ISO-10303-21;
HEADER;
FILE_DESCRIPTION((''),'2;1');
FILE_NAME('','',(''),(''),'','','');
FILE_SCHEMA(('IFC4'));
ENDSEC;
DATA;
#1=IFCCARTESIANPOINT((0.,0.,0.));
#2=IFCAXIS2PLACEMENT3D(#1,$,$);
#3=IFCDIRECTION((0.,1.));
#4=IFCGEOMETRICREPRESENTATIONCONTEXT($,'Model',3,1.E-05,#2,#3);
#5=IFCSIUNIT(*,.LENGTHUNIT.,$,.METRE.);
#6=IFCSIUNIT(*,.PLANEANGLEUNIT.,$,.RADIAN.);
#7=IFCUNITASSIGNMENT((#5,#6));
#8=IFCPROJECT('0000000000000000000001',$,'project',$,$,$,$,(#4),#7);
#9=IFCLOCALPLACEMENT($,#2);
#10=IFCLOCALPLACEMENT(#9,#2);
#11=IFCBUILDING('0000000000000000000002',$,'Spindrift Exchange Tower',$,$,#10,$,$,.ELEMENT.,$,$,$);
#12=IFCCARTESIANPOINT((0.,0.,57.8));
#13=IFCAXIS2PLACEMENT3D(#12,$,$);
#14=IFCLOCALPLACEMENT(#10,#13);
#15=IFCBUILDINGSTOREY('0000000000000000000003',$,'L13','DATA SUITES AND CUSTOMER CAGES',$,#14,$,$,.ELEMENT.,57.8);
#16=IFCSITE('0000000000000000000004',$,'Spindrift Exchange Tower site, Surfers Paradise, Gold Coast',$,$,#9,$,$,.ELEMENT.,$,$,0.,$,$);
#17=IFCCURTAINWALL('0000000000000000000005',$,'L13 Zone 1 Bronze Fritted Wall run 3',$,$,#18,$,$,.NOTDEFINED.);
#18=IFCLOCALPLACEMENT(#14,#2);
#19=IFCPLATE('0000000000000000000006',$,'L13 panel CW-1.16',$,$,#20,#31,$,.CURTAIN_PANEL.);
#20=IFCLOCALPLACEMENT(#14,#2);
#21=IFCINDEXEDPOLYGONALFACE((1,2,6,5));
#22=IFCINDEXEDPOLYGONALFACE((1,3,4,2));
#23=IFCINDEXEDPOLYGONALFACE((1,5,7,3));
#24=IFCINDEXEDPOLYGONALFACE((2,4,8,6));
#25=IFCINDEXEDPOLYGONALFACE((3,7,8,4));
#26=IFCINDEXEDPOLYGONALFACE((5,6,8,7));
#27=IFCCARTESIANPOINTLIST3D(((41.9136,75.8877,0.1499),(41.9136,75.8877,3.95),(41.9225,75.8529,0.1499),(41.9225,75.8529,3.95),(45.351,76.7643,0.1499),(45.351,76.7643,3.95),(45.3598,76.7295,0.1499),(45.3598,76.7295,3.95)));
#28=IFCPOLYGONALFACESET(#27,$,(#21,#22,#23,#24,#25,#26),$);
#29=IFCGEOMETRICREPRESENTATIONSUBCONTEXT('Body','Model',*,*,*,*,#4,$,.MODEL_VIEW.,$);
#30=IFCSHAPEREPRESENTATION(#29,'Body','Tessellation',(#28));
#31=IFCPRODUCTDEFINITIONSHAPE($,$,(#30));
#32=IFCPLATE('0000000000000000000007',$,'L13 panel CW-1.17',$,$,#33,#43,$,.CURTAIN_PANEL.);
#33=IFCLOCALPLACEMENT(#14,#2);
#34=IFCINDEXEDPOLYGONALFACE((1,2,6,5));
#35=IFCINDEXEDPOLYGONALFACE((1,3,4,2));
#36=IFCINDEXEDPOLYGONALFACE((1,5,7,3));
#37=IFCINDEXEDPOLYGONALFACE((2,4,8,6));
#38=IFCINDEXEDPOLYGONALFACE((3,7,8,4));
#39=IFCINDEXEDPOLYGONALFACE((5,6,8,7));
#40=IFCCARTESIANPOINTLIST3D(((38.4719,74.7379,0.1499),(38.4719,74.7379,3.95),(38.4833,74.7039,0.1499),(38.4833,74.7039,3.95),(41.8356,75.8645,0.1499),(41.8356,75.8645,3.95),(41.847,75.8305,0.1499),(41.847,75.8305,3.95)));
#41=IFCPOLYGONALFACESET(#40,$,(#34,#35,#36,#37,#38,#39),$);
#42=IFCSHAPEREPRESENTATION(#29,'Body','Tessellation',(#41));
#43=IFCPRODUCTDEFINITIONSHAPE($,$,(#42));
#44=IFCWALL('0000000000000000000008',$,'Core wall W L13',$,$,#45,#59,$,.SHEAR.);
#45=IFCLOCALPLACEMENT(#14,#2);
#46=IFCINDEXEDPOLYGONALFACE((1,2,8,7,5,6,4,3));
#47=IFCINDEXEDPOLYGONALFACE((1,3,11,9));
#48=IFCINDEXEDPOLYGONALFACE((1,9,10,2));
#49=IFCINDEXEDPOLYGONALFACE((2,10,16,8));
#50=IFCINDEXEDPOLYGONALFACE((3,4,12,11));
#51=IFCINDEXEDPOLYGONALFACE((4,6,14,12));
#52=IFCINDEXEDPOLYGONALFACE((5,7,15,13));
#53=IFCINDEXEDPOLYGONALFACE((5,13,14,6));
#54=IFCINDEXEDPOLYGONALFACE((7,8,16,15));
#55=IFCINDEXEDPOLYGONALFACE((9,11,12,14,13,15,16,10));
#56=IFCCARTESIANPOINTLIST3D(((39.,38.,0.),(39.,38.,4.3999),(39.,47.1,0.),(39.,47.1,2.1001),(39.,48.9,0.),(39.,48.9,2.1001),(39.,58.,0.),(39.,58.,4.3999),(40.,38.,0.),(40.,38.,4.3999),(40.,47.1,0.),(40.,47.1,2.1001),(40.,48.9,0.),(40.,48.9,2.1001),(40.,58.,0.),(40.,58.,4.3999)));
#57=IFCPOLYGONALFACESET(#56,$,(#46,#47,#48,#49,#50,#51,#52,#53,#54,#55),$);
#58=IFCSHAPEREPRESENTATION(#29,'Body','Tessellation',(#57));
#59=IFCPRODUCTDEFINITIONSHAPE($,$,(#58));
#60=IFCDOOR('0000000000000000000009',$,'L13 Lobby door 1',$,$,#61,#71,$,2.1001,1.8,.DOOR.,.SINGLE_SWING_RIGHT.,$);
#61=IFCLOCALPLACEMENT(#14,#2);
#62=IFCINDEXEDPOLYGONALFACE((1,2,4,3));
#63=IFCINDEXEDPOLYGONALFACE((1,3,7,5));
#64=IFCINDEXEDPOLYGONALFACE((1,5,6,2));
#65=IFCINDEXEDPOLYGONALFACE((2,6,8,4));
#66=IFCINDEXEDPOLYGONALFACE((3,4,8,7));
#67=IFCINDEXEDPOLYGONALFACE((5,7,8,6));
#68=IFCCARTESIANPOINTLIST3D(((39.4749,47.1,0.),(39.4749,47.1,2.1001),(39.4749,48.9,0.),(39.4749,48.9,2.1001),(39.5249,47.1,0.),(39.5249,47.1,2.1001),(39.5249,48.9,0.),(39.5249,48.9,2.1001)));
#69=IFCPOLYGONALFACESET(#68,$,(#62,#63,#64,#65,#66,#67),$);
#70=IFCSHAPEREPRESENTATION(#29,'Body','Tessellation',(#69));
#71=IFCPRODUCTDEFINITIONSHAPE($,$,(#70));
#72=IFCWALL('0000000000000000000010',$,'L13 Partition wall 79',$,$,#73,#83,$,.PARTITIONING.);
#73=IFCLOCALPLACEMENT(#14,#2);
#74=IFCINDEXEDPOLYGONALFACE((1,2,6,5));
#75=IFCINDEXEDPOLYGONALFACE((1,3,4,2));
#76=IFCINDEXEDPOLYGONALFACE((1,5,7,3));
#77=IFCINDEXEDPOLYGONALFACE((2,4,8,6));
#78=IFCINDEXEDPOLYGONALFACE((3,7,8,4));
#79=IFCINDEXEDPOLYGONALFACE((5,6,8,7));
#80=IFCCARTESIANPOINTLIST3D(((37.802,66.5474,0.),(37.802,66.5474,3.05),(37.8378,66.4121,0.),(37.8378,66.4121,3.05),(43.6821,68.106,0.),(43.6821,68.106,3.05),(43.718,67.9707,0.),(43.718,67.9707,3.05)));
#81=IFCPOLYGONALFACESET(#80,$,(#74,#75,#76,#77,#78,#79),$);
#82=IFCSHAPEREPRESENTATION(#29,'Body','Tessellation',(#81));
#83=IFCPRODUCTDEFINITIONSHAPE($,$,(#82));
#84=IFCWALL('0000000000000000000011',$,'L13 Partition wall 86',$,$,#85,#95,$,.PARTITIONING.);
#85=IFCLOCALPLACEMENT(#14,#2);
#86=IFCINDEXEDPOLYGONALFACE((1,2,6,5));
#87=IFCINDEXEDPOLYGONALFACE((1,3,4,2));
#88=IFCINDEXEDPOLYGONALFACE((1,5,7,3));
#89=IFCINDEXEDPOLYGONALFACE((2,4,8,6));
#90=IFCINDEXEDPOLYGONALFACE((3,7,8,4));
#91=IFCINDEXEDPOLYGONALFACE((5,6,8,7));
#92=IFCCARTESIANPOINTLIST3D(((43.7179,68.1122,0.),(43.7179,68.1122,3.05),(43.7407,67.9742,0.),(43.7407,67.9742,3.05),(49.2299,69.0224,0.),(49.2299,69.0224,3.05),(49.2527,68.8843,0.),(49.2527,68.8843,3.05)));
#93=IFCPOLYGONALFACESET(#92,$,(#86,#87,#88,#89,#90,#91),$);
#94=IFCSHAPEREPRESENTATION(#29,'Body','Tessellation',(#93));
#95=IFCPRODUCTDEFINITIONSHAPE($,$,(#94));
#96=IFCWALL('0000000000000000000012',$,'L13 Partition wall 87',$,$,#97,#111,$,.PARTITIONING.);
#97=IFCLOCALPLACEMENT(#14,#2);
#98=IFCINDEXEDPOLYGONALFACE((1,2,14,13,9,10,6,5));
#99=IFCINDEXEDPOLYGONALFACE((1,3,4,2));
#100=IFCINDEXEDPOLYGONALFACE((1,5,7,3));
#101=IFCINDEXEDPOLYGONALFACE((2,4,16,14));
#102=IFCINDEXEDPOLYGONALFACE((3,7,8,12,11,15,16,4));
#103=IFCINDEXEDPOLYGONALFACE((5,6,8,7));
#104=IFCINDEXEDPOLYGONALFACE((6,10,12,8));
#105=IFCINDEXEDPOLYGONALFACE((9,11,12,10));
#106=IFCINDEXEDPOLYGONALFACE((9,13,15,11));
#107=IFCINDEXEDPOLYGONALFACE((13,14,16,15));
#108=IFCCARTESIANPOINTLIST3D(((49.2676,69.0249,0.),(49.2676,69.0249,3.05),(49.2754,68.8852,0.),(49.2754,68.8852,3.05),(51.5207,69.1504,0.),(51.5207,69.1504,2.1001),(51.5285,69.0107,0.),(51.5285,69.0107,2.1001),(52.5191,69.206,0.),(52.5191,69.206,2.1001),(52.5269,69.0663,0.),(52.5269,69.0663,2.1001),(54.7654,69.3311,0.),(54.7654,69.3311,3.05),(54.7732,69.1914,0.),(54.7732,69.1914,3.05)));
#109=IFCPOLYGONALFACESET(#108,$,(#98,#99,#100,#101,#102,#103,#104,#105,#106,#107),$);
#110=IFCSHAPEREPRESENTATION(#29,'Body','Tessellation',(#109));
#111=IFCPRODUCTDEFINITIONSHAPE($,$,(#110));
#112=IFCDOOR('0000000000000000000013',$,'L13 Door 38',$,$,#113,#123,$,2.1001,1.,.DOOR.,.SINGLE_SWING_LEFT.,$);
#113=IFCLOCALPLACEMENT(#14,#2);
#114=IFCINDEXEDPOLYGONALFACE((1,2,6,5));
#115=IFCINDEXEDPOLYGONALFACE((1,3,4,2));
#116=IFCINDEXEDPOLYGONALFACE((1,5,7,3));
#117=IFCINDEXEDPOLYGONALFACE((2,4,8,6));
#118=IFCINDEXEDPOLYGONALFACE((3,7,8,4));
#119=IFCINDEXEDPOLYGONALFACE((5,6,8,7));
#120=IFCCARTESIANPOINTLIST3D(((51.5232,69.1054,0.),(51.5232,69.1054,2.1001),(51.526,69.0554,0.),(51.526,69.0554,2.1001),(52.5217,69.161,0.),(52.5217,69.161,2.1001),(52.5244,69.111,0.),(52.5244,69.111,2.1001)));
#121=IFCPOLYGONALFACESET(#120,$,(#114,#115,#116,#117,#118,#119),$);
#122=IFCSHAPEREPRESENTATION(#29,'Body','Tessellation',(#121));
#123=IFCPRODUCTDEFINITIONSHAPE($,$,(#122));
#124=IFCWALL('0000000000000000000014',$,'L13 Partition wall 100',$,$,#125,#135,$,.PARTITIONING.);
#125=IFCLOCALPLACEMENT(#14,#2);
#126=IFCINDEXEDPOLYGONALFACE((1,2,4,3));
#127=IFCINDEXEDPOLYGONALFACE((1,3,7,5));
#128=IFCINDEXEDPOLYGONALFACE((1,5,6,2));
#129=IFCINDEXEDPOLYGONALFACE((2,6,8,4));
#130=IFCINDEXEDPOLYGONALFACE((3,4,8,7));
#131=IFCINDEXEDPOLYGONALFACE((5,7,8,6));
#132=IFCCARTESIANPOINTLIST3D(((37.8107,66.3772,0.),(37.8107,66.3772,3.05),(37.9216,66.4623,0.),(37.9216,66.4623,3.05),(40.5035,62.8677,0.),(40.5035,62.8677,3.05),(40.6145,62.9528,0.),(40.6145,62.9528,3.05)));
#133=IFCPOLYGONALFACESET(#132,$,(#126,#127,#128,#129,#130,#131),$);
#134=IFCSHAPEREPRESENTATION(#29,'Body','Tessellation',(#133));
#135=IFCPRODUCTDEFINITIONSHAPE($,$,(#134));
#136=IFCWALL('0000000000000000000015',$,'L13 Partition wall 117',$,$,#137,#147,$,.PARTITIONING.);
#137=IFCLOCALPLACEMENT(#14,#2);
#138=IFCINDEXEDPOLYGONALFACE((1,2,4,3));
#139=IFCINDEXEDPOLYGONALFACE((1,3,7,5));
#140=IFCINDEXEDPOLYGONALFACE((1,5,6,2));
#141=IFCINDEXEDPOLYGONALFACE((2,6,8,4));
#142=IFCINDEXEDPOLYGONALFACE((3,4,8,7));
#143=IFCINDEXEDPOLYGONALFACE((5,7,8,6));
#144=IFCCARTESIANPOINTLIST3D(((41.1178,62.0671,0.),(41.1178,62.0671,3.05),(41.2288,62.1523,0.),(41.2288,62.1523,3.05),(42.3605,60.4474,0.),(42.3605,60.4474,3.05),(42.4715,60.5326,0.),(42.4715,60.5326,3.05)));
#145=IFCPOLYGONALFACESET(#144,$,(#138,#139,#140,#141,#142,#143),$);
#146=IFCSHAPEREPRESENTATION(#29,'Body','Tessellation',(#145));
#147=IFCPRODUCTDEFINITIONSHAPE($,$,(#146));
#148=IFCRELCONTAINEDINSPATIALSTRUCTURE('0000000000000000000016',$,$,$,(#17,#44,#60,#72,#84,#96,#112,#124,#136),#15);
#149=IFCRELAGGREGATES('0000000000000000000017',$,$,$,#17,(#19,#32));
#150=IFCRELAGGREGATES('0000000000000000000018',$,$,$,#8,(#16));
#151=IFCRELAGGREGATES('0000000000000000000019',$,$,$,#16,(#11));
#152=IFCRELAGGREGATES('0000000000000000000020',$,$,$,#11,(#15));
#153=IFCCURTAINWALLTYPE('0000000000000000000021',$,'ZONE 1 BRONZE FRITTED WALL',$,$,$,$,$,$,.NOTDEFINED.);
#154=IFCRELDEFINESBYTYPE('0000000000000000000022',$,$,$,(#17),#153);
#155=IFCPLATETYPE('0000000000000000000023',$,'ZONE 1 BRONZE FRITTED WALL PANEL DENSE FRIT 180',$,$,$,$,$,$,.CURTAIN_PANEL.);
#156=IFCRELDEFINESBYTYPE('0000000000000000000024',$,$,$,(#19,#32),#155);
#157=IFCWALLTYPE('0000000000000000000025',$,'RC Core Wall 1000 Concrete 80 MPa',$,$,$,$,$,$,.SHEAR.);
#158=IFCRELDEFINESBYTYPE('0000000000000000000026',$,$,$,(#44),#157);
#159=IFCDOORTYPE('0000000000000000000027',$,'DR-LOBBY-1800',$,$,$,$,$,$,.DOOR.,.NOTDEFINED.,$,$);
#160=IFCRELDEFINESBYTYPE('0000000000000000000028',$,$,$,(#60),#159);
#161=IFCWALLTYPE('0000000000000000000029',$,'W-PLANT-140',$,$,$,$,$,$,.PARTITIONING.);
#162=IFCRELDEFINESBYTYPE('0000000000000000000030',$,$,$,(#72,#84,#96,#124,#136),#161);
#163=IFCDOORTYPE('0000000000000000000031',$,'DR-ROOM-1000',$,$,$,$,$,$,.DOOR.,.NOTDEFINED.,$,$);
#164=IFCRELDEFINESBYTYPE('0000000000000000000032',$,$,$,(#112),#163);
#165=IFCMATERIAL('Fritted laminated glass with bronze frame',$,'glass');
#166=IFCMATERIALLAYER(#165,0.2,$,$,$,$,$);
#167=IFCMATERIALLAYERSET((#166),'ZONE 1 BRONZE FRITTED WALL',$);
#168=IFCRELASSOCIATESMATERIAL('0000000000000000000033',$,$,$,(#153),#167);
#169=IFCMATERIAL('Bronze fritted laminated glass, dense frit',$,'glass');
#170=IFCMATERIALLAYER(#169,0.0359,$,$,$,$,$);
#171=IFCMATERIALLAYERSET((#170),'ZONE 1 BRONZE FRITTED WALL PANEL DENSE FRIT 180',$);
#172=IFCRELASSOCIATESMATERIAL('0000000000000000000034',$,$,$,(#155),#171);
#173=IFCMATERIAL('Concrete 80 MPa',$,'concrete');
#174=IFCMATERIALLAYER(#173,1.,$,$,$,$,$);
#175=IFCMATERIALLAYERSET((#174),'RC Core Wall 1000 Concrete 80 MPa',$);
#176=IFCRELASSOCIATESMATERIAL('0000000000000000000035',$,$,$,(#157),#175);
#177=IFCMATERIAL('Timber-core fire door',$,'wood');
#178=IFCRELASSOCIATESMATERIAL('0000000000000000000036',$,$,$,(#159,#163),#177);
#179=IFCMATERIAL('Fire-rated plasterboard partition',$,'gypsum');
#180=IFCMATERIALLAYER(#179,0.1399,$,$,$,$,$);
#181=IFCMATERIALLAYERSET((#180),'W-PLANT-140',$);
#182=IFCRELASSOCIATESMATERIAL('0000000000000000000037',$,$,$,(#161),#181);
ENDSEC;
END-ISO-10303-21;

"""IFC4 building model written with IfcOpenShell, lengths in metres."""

from ifc_helpers import new_model, si_unit, direction, frame, frame_2d, origin, origin_2d, place, context, subcontext, project, spatial, rectangle, extrude, source, transform, mapped, material, layer, layer_set, type_object, element, fill, aggregate, save


model = new_model("IFC4")

# Units and contexts
model_context = context("Model", 3, precision=1e-05, world=origin(), true_north=direction((0.0, 1.0)))
body_context = subcontext(model_context, "Body", "Model", "MODEL_VIEW")
ifc_project = project(units=[si_unit("LENGTHUNIT", "METRE"), si_unit("PLANEANGLEUNIT", "RADIAN")], contexts=[model_context])

# Site, building, storey
site_placement = place(None, origin())
site = spatial("IfcSite", under=ifc_project, at=site_placement, Name="Spindrift Exchange Tower site, Surfers Paradise, Gold Coast", CompositionType="ELEMENT", RefElevation=0.0)
building_placement = place(site_placement, origin())
building = spatial("IfcBuilding", under=site, at=building_placement, Name="Spindrift Exchange Tower", CompositionType="ELEMENT")
storey_placement = place(building_placement, frame((0.0, 0.0, 57.8)))
storey = spatial("IfcBuildingStorey", under=building, at=storey_placement, Name="L13", Description="DATA SUITES AND CUSTOMER CAGES", CompositionType="ELEMENT", Elevation=57.8)

# Shared definitions
ifc_material_1 = material(Name="Concrete 80 MPa", Category="concrete")

# Curtain wall, plates
ifc_material_2 = material(Name="Fritted laminated glass with bronze frame", Category="glass")
ifc_layer_1 = layer(ifc_material_2, 0.2)
ifc_layer_set_1 = layer_set([ifc_layer_1], Name="ZONE 1 BRONZE FRITTED WALL")
curtain_wall_type = type_object("IfcCurtainWallType", Name="ZONE 1 BRONZE FRITTED WALL", PredefinedType="NOTDEFINED", material=ifc_layer_set_1)
curtain_wall_placement = place(storey_placement, origin())
curtain_wall = element("IfcCurtainWall", 1, at=curtain_wall_placement, inside=storey, type_object=curtain_wall_type, Name="L13 Zone 1 Bronze Fritted Wall run 3", PredefinedType="NOTDEFINED")
ifc_material_3 = material(Name="Bronze fritted laminated glass, dense frit", Category="glass")
ifc_layer_2 = layer(ifc_material_3, 0.0359)
ifc_layer_set_2 = layer_set([ifc_layer_2], Name="ZONE 1 BRONZE FRITTED WALL PANEL DENSE FRIT 180")
plate_type_1 = type_object("IfcPlateType", Name="ZONE 1 BRONZE FRITTED WALL PANEL DENSE FRIT 180", PredefinedType="CURTAIN_PANEL", material=ifc_layer_set_2)
shared_shape_1 = source(origin(), body_context, "Body", "SweptSolid", [
    extrude(rectangle(XDim=3.5474, YDim=0.0359, at=origin_2d()), origin(), (0.0, 0.0, 1.0), 3.8),
])
plate_1_placement = place(storey_placement, frame((43.6367, 76.3086, 0.1499), z_axis=(0.0, 0.0, 1.0), x_axis=(-0.968985, -0.247119, 0.0)))
plate_1 = element("IfcPlate", 2, at=plate_1_placement, type_object=plate_type_1, Name="L13 panel CW-1.16", PredefinedType="CURTAIN_PANEL", context=body_context, shape_type="MappedRepresentation", body=[
    mapped(shared_shape_1, transform((0.0, 0.0, 0.0), scale=1.0)),
])
plate_2_placement = place(storey_placement, frame((40.1594, 75.2842, 0.1499), z_axis=(0.0, 0.0, 1.0), x_axis=(-0.94823, -0.317584, 0.0)))
plate_2 = element("IfcPlate", 3, at=plate_2_placement, type_object=plate_type_1, Name="L13 panel CW-1.17", PredefinedType="CURTAIN_PANEL", context=body_context, shape_type="MappedRepresentation", body=[
    mapped(shared_shape_1, transform((0.0, 0.0, 0.0), scale=1.0)),
])
aggregate(curtain_wall, [plate_1, plate_2])

# Wall, opening, door
ifc_layer_3 = layer(ifc_material_1, 1.0)
ifc_layer_set_3 = layer_set([ifc_layer_3], Name="RC Core Wall 1000 Concrete 80 MPa")
wall_type_1 = type_object("IfcWallType", Name="RC Core Wall 1000 Concrete 80 MPa", PredefinedType="SHEAR", material=ifc_layer_set_3)
wall_1_placement = place(storey_placement, frame((39.5, 58.0, 0.0), z_axis=(0.0, 0.0, 1.0), x_axis=(0.0, -1.0, 0.0)))
wall_1 = element("IfcWall", 4, at=wall_1_placement, inside=storey, type_object=wall_type_1, Name="Core wall W L13", PredefinedType="SHEAR", context=body_context, shape_type="SweptSolid", body=[
    extrude(rectangle(XDim=20.0, YDim=1.0, at=frame_2d((10.0, 0.0))), origin(), (0.0, 0.0, 1.0), 4.3999),
])
opening_1_placement = place(wall_1_placement, frame((9.1001, 0.0, 0.0)))
opening_1 = element("IfcOpeningElement", 5, at=opening_1_placement, cuts=wall_1, PredefinedType="OPENING", context=body_context, shape_type="SweptSolid", body=[
    extrude(rectangle(XDim=1.8, YDim=2.1001, at=frame_2d((0.8999, 1.05))), frame((0.0, 0.51, 0.0), z_axis=(0.0, -1.0, 0.0), x_axis=(1.0, 0.0, 0.0)), (0.0, 0.0, 1.0), 1.02),
])
ifc_material_4 = material(Name="Timber-core fire door", Category="wood")
door_type_1 = type_object("IfcDoorType", Name="DR-LOBBY-1800", OperationType="NOTDEFINED", PredefinedType="DOOR", material=ifc_material_4)
shared_shape_2 = source(origin(), body_context, "Body", "SweptSolid", [
    extrude(rectangle(XDim=1.8, YDim=2.1001, at=frame_2d((0.8999, 1.05))), frame((0.0, 0.0249, 0.0), z_axis=(0.0, -1.0, 0.0), x_axis=(1.0, 0.0, 0.0)), (0.0, 0.0, 1.0), 0.05),
])
door_1_placement = place(opening_1_placement, origin())
door_1 = element("IfcDoor", 6, at=door_1_placement, inside=storey, type_object=door_type_1, Name="L13 Lobby door 1", OperationType="SINGLE_SWING_RIGHT", OverallHeight=2.1001, OverallWidth=1.8, PredefinedType="DOOR", context=body_context, shape_type="MappedRepresentation", body=[
    mapped(shared_shape_2, transform((0.0, 0.0, 0.0), scale=1.0)),
])
fill(opening_1, door_1)

# Walls
ifc_material_5 = material(Name="Fire-rated plasterboard partition", Category="gypsum")
ifc_layer_4 = layer(ifc_material_5, 0.1399)
ifc_layer_set_4 = layer_set([ifc_layer_4], Name="W-PLANT-140")
wall_type_2 = type_object("IfcWallType", Name="W-PLANT-140", PredefinedType="PARTITIONING", material=ifc_layer_set_4)
wall_2_placement = place(storey_placement, frame((43.7, 68.0383, 0.0), z_axis=(0.0, 0.0, 1.0), x_axis=(-0.96662, -0.256214, 0.0)))
element("IfcWall", 7, at=wall_2_placement, inside=storey, type_object=wall_type_2, Name="L13 Partition wall 79", PredefinedType="PARTITIONING", context=body_context, shape_type="SweptSolid", body=[
    extrude(rectangle(XDim=6.0833, YDim=0.1399, at=frame_2d((3.0415, 0.0))), origin(), (0.0, 0.0, 1.0), 3.05),
])
wall_3_placement = place(storey_placement, frame((49.2415, 68.9534, 0.0), z_axis=(0.0, 0.0, 1.0), x_axis=(-0.98664, -0.162918, 0.0)))
element("IfcWall", 8, at=wall_3_placement, inside=storey, type_object=wall_type_2, Name="L13 Partition wall 86", PredefinedType="PARTITIONING", context=body_context, shape_type="SweptSolid", body=[
    extrude(rectangle(XDim=5.5867, YDim=0.1399, at=frame_2d((2.7935, 0.0))), origin(), (0.0, 0.0, 1.0), 3.05),
])

# Wall, opening, door
wall_4_placement = place(storey_placement, frame((49.2715, 68.9551, 0.0), z_axis=(0.0, 0.0, 1.0), x_axis=(0.998453, 0.0556, 0.0)))
wall_4 = element("IfcWall", 9, at=wall_4_placement, inside=storey, type_object=wall_type_2, Name="L13 Partition wall 87", PredefinedType="PARTITIONING", context=body_context, shape_type="SweptSolid", body=[
    extrude(rectangle(XDim=5.5063, YDim=0.1399, at=frame_2d((2.7532, 0.0))), origin(), (0.0, 0.0, 1.0), 3.05),
])
opening_2_placement = place(wall_4_placement, frame((2.2566, 0.0, 0.0)))
opening_2 = element("IfcOpeningElement", 10, at=opening_2_placement, cuts=wall_4, PredefinedType="OPENING", context=body_context, shape_type="SweptSolid", body=[
    extrude(rectangle(XDim=1.0, YDim=2.1001, at=frame_2d((0.5, 1.05))), frame((0.0, 0.0798, 0.0), z_axis=(0.0, -1.0, 0.0), x_axis=(1.0, 0.0, 0.0)), (0.0, 0.0, 1.0), 0.1599),
])
door_type_2 = type_object("IfcDoorType", Name="DR-ROOM-1000", OperationType="NOTDEFINED", PredefinedType="DOOR", material=ifc_material_4)
shared_shape_3 = source(origin(), body_context, "Body", "SweptSolid", [
    extrude(rectangle(XDim=1.0, YDim=2.1001, at=frame_2d((0.5, 1.05))), frame((0.0, 0.0249, 0.0), z_axis=(0.0, -1.0, 0.0), x_axis=(1.0, 0.0, 0.0)), (0.0, 0.0, 1.0), 0.05),
])
door_2_placement = place(opening_2_placement, origin())
door_2 = element("IfcDoor", 11, at=door_2_placement, inside=storey, type_object=door_type_2, Name="L13 Door 38", OperationType="SINGLE_SWING_LEFT", OverallHeight=2.1001, OverallWidth=1.0, PredefinedType="DOOR", context=body_context, shape_type="MappedRepresentation", body=[
    mapped(shared_shape_3, transform((0.0, 0.0, 0.0), scale=1.0)),
])
fill(opening_2, door_2)

# Walls
wall_5_placement = place(storey_placement, frame((40.5591, 62.9102, 0.0), z_axis=(0.0, 0.0, 1.0), x_axis=(-0.60875, 0.793362, 0.0)))
element("IfcWall", 12, at=wall_5_placement, inside=storey, type_object=wall_type_2, Name="L13 Partition wall 100", PredefinedType="PARTITIONING", context=body_context, shape_type="SweptSolid", body=[
    extrude(rectangle(XDim=4.4236, YDim=0.1399, at=frame_2d((2.2119, 0.0))), origin(), (0.0, 0.0, 1.0), 3.05),
])
wall_6_placement = place(storey_placement, frame((42.416, 60.49, 0.0), z_axis=(0.0, 0.0, 1.0), x_axis=(-0.608728, 0.793379, 0.0)))
element("IfcWall", 13, at=wall_6_placement, inside=storey, type_object=wall_type_2, Name="L13 Partition wall 117", PredefinedType="PARTITIONING", context=body_context, shape_type="SweptSolid", body=[
    extrude(rectangle(XDim=2.0415, YDim=0.1399, at=frame_2d((1.0208, 0.0))), origin(), (0.0, 0.0, 1.0), 3.05),
])

save(model, "model.ifc")
